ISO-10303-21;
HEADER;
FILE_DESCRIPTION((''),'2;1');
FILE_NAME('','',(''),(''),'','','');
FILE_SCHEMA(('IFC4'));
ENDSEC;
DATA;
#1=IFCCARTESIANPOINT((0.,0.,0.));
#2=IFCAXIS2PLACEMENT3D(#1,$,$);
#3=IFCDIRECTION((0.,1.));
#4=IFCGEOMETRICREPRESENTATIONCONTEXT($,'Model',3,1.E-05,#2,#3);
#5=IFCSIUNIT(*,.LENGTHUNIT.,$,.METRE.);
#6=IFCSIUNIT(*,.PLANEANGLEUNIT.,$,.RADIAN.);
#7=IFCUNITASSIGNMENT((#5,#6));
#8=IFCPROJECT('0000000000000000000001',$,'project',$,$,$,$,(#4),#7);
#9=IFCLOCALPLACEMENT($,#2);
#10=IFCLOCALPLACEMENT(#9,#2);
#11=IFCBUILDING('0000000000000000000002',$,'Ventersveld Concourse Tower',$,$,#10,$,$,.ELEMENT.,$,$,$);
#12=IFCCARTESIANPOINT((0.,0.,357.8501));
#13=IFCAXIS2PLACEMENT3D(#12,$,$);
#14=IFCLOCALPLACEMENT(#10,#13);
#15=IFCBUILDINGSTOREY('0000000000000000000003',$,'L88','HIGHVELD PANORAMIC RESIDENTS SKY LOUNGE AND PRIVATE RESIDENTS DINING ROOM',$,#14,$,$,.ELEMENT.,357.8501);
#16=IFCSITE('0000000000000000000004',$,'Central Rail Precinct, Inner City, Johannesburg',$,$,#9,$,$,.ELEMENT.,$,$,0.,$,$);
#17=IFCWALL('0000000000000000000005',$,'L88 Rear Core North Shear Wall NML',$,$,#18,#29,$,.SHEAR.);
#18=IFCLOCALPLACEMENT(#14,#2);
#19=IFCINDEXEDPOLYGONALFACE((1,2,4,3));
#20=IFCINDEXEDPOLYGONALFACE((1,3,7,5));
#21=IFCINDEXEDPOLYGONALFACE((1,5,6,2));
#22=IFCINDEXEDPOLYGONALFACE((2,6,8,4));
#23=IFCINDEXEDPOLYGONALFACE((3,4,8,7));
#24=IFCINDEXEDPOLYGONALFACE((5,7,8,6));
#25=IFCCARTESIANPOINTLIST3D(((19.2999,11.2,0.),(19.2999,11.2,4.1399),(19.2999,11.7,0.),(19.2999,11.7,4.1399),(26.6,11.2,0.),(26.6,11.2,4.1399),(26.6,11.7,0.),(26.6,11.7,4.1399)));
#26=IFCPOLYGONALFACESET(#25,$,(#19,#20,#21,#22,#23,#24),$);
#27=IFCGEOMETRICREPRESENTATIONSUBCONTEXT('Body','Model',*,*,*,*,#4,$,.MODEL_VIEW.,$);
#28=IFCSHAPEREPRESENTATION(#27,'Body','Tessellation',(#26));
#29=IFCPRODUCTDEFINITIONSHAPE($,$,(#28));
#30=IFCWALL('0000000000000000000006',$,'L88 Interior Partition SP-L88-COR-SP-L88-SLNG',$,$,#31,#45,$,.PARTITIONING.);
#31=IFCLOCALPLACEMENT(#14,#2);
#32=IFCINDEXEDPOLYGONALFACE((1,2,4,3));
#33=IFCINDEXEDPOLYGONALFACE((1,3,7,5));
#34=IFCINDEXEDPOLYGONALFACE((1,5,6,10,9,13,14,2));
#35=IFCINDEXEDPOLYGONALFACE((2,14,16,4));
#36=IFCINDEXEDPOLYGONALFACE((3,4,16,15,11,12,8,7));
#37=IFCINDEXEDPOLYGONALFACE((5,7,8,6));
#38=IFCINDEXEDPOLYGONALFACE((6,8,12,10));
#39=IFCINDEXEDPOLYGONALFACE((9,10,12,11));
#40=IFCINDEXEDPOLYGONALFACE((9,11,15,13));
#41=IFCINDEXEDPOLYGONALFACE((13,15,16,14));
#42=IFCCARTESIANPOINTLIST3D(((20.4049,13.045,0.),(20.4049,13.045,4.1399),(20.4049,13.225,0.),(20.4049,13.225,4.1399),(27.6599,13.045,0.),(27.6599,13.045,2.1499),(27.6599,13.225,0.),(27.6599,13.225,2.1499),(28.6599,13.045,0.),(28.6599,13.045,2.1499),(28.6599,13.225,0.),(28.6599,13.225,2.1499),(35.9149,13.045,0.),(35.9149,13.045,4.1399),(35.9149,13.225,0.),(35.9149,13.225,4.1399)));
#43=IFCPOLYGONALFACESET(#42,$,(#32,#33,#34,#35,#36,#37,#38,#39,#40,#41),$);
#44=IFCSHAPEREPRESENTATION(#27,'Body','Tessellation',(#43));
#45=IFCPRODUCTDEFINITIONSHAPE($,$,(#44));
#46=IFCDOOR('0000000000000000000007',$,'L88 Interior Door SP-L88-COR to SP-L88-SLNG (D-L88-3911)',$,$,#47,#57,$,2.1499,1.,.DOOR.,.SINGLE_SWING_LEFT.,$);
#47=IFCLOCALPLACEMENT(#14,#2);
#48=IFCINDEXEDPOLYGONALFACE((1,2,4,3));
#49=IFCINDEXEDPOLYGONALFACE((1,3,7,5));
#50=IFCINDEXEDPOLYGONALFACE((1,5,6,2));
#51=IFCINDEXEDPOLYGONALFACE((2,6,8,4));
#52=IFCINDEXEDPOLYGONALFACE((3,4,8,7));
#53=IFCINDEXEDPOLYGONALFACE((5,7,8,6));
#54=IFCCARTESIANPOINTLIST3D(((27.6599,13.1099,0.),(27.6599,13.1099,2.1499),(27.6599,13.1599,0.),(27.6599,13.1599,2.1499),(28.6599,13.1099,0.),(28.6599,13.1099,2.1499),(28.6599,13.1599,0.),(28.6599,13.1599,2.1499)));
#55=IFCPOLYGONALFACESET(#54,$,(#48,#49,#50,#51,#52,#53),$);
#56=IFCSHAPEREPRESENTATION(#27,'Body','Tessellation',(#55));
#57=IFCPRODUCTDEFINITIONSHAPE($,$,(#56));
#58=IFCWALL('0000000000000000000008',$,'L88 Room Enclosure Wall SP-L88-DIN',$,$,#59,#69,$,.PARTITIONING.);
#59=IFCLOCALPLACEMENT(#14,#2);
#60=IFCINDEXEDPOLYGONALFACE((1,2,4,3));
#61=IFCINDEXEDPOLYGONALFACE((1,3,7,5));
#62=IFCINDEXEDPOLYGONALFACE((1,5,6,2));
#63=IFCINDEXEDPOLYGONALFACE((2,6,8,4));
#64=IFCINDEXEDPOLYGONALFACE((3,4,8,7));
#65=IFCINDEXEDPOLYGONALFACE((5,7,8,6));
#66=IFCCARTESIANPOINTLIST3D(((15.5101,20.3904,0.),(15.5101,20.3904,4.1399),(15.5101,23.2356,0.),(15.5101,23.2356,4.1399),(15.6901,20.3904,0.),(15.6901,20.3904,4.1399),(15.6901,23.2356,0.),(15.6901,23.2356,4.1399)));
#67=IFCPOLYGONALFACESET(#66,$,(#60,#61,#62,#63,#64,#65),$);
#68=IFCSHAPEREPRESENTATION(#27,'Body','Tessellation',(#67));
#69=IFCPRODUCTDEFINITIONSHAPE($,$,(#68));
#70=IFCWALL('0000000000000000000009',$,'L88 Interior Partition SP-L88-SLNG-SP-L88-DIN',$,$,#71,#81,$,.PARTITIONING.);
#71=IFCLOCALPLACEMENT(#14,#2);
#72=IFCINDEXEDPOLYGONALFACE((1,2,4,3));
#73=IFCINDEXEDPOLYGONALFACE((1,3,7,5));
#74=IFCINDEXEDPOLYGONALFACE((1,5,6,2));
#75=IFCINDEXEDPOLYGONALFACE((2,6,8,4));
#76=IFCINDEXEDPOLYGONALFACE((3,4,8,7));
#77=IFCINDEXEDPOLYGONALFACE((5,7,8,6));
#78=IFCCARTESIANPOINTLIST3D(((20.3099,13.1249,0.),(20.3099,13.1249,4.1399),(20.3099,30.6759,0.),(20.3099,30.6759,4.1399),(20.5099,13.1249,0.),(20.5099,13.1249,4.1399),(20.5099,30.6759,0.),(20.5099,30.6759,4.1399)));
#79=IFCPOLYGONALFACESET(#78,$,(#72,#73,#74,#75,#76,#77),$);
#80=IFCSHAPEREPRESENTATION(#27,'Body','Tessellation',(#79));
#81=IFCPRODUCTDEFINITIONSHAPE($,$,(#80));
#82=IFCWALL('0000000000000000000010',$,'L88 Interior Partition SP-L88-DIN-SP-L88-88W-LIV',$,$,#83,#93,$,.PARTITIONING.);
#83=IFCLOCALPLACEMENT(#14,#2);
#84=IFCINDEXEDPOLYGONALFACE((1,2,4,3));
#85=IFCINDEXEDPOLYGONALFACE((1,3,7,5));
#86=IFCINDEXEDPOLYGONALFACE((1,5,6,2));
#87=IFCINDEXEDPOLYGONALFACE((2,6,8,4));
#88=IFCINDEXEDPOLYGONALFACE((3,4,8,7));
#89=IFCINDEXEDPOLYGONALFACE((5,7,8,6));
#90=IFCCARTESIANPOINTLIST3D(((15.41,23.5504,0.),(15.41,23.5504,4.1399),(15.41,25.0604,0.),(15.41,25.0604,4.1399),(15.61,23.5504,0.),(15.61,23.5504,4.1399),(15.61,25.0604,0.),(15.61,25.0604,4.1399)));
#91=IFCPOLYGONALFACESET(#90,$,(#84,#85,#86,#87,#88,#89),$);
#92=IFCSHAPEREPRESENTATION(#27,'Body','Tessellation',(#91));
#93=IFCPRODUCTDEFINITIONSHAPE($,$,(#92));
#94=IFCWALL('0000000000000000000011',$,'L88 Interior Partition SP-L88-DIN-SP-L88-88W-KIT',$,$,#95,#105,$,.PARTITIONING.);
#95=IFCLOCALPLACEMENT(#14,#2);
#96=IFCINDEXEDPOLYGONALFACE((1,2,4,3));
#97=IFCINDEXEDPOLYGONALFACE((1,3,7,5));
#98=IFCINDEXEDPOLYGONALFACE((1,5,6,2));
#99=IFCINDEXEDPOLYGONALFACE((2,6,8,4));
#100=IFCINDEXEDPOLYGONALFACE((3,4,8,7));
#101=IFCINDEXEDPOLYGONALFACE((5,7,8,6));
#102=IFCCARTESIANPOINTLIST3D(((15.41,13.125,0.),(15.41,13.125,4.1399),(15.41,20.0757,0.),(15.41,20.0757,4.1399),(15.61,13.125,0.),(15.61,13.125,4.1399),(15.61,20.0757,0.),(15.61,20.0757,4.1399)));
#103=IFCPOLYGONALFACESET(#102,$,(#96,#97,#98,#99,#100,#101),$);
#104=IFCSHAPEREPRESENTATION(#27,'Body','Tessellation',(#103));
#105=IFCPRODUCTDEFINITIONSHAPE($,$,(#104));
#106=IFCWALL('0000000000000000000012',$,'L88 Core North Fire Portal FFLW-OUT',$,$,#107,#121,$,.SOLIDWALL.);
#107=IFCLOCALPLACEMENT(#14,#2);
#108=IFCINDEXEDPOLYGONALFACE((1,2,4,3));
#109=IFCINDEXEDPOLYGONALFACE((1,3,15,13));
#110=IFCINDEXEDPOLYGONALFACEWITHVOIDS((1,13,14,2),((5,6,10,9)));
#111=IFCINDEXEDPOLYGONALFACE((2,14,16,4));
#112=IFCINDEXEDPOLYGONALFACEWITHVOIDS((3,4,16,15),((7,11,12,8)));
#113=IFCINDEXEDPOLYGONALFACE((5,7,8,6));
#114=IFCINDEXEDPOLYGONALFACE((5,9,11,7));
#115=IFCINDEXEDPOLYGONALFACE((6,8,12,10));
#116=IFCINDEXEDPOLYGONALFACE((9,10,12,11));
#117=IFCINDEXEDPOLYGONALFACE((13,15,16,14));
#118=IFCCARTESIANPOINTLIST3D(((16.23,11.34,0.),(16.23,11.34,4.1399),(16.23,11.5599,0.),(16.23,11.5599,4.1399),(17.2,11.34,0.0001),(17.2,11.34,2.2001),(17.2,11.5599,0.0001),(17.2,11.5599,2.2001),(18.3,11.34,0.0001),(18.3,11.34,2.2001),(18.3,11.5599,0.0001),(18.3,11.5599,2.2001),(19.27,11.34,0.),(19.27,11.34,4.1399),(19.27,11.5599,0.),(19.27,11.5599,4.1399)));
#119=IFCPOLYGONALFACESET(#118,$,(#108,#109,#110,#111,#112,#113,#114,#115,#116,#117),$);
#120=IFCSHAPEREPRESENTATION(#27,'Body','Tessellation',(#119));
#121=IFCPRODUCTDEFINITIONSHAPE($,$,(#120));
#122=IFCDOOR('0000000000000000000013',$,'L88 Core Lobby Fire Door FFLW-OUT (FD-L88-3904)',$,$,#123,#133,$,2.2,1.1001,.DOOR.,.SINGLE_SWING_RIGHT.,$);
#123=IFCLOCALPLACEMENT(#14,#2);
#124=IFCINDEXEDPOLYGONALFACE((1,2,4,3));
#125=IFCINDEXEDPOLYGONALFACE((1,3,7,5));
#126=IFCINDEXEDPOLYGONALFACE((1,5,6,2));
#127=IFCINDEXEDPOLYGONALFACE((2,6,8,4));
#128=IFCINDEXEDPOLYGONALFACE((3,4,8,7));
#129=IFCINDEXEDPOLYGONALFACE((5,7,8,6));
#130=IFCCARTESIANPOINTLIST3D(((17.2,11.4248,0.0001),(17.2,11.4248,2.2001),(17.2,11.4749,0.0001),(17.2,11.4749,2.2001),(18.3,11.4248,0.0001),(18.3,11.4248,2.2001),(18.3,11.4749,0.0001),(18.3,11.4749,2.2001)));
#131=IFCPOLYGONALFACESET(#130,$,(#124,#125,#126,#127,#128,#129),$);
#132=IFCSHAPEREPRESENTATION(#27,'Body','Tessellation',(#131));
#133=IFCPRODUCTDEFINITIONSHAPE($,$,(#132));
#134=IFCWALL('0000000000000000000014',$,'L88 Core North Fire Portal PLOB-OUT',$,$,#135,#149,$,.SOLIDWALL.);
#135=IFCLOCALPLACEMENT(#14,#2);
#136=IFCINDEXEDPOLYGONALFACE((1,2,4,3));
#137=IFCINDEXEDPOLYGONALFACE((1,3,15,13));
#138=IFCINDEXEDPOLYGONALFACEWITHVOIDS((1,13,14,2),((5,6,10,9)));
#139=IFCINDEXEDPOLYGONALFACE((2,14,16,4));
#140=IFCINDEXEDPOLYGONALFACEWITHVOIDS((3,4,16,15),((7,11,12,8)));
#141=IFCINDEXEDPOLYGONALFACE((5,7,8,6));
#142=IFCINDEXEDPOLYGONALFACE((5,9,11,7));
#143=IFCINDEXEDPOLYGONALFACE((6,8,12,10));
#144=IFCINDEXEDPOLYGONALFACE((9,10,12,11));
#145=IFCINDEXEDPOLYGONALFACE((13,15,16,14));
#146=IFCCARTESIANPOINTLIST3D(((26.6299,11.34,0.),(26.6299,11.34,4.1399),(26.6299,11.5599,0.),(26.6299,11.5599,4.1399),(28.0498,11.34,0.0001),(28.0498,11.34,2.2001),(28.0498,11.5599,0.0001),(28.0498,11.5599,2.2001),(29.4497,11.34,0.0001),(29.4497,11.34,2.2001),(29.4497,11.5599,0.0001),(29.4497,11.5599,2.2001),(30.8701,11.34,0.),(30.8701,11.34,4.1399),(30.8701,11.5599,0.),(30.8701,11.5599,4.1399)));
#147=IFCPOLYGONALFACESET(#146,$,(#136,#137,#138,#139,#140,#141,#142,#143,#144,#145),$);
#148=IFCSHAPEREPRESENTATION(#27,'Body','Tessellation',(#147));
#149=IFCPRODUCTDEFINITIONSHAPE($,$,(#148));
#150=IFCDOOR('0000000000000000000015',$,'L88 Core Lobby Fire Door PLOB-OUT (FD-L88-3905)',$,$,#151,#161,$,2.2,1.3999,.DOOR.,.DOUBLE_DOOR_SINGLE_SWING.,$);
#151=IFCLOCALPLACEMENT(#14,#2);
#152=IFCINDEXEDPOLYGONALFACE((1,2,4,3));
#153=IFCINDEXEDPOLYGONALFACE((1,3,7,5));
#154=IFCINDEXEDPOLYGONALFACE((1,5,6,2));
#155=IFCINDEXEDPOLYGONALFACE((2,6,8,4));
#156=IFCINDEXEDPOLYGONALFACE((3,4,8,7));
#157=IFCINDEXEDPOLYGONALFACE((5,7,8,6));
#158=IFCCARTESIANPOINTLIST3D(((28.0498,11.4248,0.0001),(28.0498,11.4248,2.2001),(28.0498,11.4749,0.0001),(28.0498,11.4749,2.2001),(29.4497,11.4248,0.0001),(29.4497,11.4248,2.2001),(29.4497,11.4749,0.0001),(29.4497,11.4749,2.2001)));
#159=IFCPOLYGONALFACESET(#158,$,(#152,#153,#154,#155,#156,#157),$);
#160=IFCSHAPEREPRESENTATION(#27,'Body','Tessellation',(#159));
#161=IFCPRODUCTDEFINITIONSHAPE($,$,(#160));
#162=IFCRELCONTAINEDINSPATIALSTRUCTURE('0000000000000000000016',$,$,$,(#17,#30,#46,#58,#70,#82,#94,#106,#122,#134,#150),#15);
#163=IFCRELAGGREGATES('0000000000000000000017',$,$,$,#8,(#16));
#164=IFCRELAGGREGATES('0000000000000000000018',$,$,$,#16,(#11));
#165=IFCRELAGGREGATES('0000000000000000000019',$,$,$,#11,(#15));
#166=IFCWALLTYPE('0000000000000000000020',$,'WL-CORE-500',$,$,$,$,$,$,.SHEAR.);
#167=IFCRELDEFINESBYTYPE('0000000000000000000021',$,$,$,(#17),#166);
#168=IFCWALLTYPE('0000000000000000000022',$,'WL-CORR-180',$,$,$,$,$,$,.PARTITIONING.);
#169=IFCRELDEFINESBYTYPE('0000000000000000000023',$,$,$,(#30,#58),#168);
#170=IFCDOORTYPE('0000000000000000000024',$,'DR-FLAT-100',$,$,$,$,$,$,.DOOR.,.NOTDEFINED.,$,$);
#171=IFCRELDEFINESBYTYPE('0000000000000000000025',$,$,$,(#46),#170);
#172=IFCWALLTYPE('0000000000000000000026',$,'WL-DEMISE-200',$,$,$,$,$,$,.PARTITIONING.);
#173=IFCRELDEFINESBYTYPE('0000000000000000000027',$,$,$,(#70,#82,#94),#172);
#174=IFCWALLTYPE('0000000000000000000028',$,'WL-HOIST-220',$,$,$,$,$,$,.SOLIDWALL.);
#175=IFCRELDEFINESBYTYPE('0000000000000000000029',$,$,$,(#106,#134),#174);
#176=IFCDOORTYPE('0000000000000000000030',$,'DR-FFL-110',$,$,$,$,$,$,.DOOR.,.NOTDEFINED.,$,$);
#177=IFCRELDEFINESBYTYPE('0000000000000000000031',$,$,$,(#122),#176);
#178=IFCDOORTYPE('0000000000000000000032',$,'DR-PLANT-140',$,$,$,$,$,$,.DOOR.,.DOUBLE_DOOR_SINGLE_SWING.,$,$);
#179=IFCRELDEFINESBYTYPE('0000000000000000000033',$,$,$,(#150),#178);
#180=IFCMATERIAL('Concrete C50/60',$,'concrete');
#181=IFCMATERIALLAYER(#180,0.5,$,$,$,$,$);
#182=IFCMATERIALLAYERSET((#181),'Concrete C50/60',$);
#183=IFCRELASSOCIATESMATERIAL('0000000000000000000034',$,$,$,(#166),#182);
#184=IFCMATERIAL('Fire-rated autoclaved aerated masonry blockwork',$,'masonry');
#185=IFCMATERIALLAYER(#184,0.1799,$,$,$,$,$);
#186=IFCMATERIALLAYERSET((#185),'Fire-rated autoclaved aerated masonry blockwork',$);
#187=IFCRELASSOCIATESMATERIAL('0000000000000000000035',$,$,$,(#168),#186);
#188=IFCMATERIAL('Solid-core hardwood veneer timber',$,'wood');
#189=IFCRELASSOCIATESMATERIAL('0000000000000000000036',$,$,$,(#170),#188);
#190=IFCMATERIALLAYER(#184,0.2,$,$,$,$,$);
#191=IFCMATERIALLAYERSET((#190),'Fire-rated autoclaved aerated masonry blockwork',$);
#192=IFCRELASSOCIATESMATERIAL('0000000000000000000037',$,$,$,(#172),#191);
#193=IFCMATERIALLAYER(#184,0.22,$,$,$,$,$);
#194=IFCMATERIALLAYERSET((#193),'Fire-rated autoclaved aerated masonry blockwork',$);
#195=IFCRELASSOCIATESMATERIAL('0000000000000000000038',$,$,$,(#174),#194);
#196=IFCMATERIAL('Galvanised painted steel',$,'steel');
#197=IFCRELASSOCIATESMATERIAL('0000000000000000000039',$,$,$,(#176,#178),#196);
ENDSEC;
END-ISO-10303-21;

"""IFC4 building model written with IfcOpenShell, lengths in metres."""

from ifc_helpers import new_model, si_unit, direction, frame, frame_2d, origin, place, context, subcontext, project, spatial, rectangle, extrude, material, layer, layer_set, type_object, element, fill, save


model = new_model("IFC4")

# Units and contexts
model_context = context("Model", 3, precision=1e-05, world=origin(), true_north=direction((0.0, 1.0)))
body_context = subcontext(model_context, "Body", "Model", "MODEL_VIEW")
ifc_project = project(units=[si_unit("LENGTHUNIT", "METRE"), si_unit("PLANEANGLEUNIT", "RADIAN")], contexts=[model_context])

# Site, building, storey
site_placement = place(None, origin())
site = spatial("IfcSite", under=ifc_project, at=site_placement, Name="Central Rail Precinct, Inner City, Johannesburg", CompositionType="ELEMENT", RefElevation=0.0)
building_placement = place(site_placement, origin())
building = spatial("IfcBuilding", under=site, at=building_placement, Name="Ventersveld Concourse Tower", CompositionType="ELEMENT")
storey_placement = place(building_placement, frame((0.0, 0.0, 357.8501)))
storey = spatial("IfcBuildingStorey", under=building, at=storey_placement, Name="L88", Description="HIGHVELD PANORAMIC RESIDENTS SKY LOUNGE AND PRIVATE RESIDENTS DINING ROOM", CompositionType="ELEMENT", Elevation=357.8501)

# Shared definitions
ifc_material_1 = material(Name="Concrete C50/60", Category="concrete")

# Wall
ifc_layer_1 = layer(ifc_material_1, 0.5)
ifc_layer_set_1 = layer_set([ifc_layer_1], Name="Concrete C50/60")
wall_type_1 = type_object("IfcWallType", Name="WL-CORE-500", PredefinedType="SHEAR", material=ifc_layer_set_1)
wall_1_placement = place(storey_placement, frame((19.3, 11.45, 0.0), z_axis=(0.0, 0.0, 1.0), x_axis=(1.0, 0.0, 0.0)))
element("IfcWall", 1, at=wall_1_placement, inside=storey, type_object=wall_type_1, Name="L88 Rear Core North Shear Wall NML", PredefinedType="SHEAR", context=body_context, shape_type="SweptSolid", body=[
    extrude(rectangle(XDim=7.3, YDim=0.5, at=frame_2d((3.6499, 0.0))), origin(), (0.0, 0.0, 1.0), 4.1399),
])

# Wall, opening, door
ifc_material_2 = material(Name="Fire-rated autoclaved aerated masonry blockwork", Category="masonry")
ifc_layer_2 = layer(ifc_material_2, 0.1799)
ifc_layer_set_2 = layer_set([ifc_layer_2], Name="Fire-rated autoclaved aerated masonry blockwork")
wall_type_2 = type_object("IfcWallType", Name="WL-CORR-180", PredefinedType="PARTITIONING", material=ifc_layer_set_2)
wall_2_placement = place(storey_placement, frame((20.405, 13.135, 0.0), z_axis=(0.0, 0.0, 1.0), x_axis=(1.0, 0.0, 0.0)))
wall_2 = element("IfcWall", 2, at=wall_2_placement, inside=storey, type_object=wall_type_2, Name="L88 Interior Partition SP-L88-COR-SP-L88-SLNG", PredefinedType="PARTITIONING", context=body_context, shape_type="SweptSolid", body=[
    extrude(rectangle(XDim=15.51, YDim=0.1799, at=frame_2d((7.7549, 0.0))), origin(), (0.0, 0.0, 1.0), 4.1399),
])
opening_1_placement = place(wall_2_placement, frame((7.2549, 0.0, 0.0)))
opening_1 = element("IfcOpeningElement", 3, at=opening_1_placement, cuts=wall_2, PredefinedType="OPENING", context=body_context, shape_type="SweptSolid", body=[
    extrude(rectangle(XDim=1.0, YDim=2.1499, at=frame_2d((0.5, 1.075))), frame((0.0, 0.1001, 0.0), z_axis=(0.0, -1.0, 0.0), x_axis=(1.0, 0.0, 0.0)), (0.0, 0.0, 1.0), 0.2),
])
ifc_material_3 = material(Name="Solid-core hardwood veneer timber", Category="wood")
door_type_1 = type_object("IfcDoorType", Name="DR-FLAT-100", OperationType="NOTDEFINED", PredefinedType="DOOR", material=ifc_material_3)
door_1_placement = place(opening_1_placement, origin())
door_1 = element("IfcDoor", 4, at=door_1_placement, inside=storey, type_object=door_type_1, Name="L88 Interior Door SP-L88-COR to SP-L88-SLNG (D-L88-3911)", OperationType="SINGLE_SWING_LEFT", OverallHeight=2.1499, OverallWidth=1.0, PredefinedType="DOOR", context=body_context, shape_type="SweptSolid", body=[
    extrude(rectangle(XDim=1.0, YDim=2.1499, at=frame_2d((0.5, 1.075))), frame((0.0, 0.0249, 0.0), z_axis=(0.0, -1.0, 0.0), x_axis=(1.0, 0.0, 0.0)), (0.0, 0.0, 1.0), 0.05),
])
fill(opening_1, door_1)

# Walls
wall_3_placement = place(storey_placement, frame((15.6001, 20.3904, 0.0), z_axis=(0.0, 0.0, 1.0), x_axis=(0.0, 1.0, 0.0)))
element("IfcWall", 5, at=wall_3_placement, inside=storey, type_object=wall_type_2, Name="L88 Room Enclosure Wall SP-L88-DIN", PredefinedType="PARTITIONING", context=body_context, shape_type="SweptSolid", body=[
    extrude(rectangle(XDim=2.8452, YDim=0.1799, at=frame_2d((1.4226, 0.0))), origin(), (0.0, 0.0, 1.0), 4.1399),
])
ifc_layer_3 = layer(ifc_material_2, 0.2)
ifc_layer_set_3 = layer_set([ifc_layer_3], Name="Fire-rated autoclaved aerated masonry blockwork")
wall_type_3 = type_object("IfcWallType", Name="WL-DEMISE-200", PredefinedType="PARTITIONING", material=ifc_layer_set_3)
wall_4_placement = place(storey_placement, frame((20.4099, 13.125, 0.0), z_axis=(0.0, 0.0, 1.0), x_axis=(0.0, 1.0, 0.0)))
element("IfcWall", 6, at=wall_4_placement, inside=storey, type_object=wall_type_3, Name="L88 Interior Partition SP-L88-SLNG-SP-L88-DIN", PredefinedType="PARTITIONING", context=body_context, shape_type="SweptSolid", body=[
    extrude(rectangle(XDim=17.551, YDim=0.2, at=frame_2d((8.7754, 0.0))), origin(), (0.0, 0.0, 1.0), 4.1399),
])
wall_5_placement = place(storey_placement, frame((15.51, 23.5505, 0.0), z_axis=(0.0, 0.0, 1.0), x_axis=(0.0, 1.0, 0.0)))
element("IfcWall", 7, at=wall_5_placement, inside=storey, type_object=wall_type_3, Name="L88 Interior Partition SP-L88-DIN-SP-L88-88W-LIV", PredefinedType="PARTITIONING", context=body_context, shape_type="SweptSolid", body=[
    extrude(rectangle(XDim=1.51, YDim=0.2, at=frame_2d((0.7549, 0.0))), origin(), (0.0, 0.0, 1.0), 4.1399),
])
wall_6_placement = place(storey_placement, frame((15.51, 13.125, 0.0), z_axis=(0.0, 0.0, 1.0), x_axis=(0.0, 1.0, 0.0)))
element("IfcWall", 8, at=wall_6_placement, inside=storey, type_object=wall_type_3, Name="L88 Interior Partition SP-L88-DIN-SP-L88-88W-KIT", PredefinedType="PARTITIONING", context=body_context, shape_type="SweptSolid", body=[
    extrude(rectangle(XDim=6.9507, YDim=0.2, at=frame_2d((3.4753, 0.0))), origin(), (0.0, 0.0, 1.0), 4.1399),
])

# Walls, openings, doors
ifc_layer_4 = layer(ifc_material_2, 0.22)
ifc_layer_set_4 = layer_set([ifc_layer_4], Name="Fire-rated autoclaved aerated masonry blockwork")
wall_type_4 = type_object("IfcWallType", Name="WL-HOIST-220", PredefinedType="SOLIDWALL", material=ifc_layer_set_4)
wall_7_placement = place(storey_placement, frame((16.23, 11.45, 0.0), z_axis=(0.0, 0.0, 1.0), x_axis=(1.0, 0.0, 0.0)))
wall_7 = element("IfcWall", 9, at=wall_7_placement, inside=storey, type_object=wall_type_4, Name="L88 Core North Fire Portal FFLW-OUT", PredefinedType="SOLIDWALL", context=body_context, shape_type="SweptSolid", body=[
    extrude(rectangle(XDim=3.04, YDim=0.22, at=frame_2d((1.52, 0.0))), origin(), (0.0, 0.0, 1.0), 4.1399),
])
opening_2_placement = place(wall_7_placement, frame((0.97, 0.0, 0.0)))
opening_2 = element("IfcOpeningElement", 10, at=opening_2_placement, cuts=wall_7, PredefinedType="OPENING", context=body_context, shape_type="SweptSolid", body=[
    extrude(rectangle(XDim=1.1001, YDim=2.2, at=frame_2d((0.55, 1.1001))), frame((0.0, 0.1201, 0.0), z_axis=(0.0, -1.0, 0.0), x_axis=(1.0, 0.0, 0.0)), (0.0, 0.0, 1.0), 0.24),
])
ifc_material_4 = material(Name="Galvanised painted steel", Category="steel")
door_type_2 = type_object("IfcDoorType", Name="DR-FFL-110", OperationType="NOTDEFINED", PredefinedType="DOOR", material=ifc_material_4)
door_2_placement = place(opening_2_placement, origin())
door_2 = element("IfcDoor", 11, at=door_2_placement, inside=storey, type_object=door_type_2, Name="L88 Core Lobby Fire Door FFLW-OUT (FD-L88-3904)", OperationType="SINGLE_SWING_RIGHT", OverallHeight=2.2, OverallWidth=1.1001, PredefinedType="DOOR", context=body_context, shape_type="SweptSolid", body=[
    extrude(rectangle(XDim=1.1001, YDim=2.2, at=frame_2d((0.55, 1.1001))), frame((0.0, 0.0249, 0.0), z_axis=(0.0, -1.0, 0.0), x_axis=(1.0, 0.0, 0.0)), (0.0, 0.0, 1.0), 0.05),
])
fill(opening_2, door_2)
wall_8_placement = place(storey_placement, frame((26.6299, 11.45, 0.0), z_axis=(0.0, 0.0, 1.0), x_axis=(1.0, 0.0, 0.0)))
wall_8 = element("IfcWall", 12, at=wall_8_placement, inside=storey, type_object=wall_type_4, Name="L88 Core North Fire Portal PLOB-OUT", PredefinedType="SOLIDWALL", context=body_context, shape_type="SweptSolid", body=[
    extrude(rectangle(XDim=4.2402, YDim=0.22, at=frame_2d((2.1201, 0.0))), origin(), (0.0, 0.0, 1.0), 4.1399),
])
opening_3_placement = place(wall_8_placement, frame((1.4199, 0.0, 0.0)))
opening_3 = element("IfcOpeningElement", 13, at=opening_3_placement, cuts=wall_8, PredefinedType="OPENING", context=body_context, shape_type="SweptSolid", body=[
    extrude(rectangle(XDim=1.3999, YDim=2.2, at=frame_2d((0.7, 1.1001))), frame((0.0, 0.1201, 0.0), z_axis=(0.0, -1.0, 0.0), x_axis=(1.0, 0.0, 0.0)), (0.0, 0.0, 1.0), 0.24),
])
door_type_3 = type_object("IfcDoorType", Name="DR-PLANT-140", OperationType="DOUBLE_DOOR_SINGLE_SWING", PredefinedType="DOOR", material=ifc_material_4)
door_3_placement = place(opening_3_placement, origin())
door_3 = element("IfcDoor", 14, at=door_3_placement, inside=storey, type_object=door_type_3, Name="L88 Core Lobby Fire Door PLOB-OUT (FD-L88-3905)", OperationType="DOUBLE_DOOR_SINGLE_SWING", OverallHeight=2.2, OverallWidth=1.3999, PredefinedType="DOOR", context=body_context, shape_type="SweptSolid", body=[
    extrude(rectangle(XDim=1.3999, YDim=2.2, at=frame_2d((0.7, 1.1001))), frame((0.0, 0.0249, 0.0), z_axis=(0.0, -1.0, 0.0), x_axis=(1.0, 0.0, 0.0)), (0.0, 0.0, 1.0), 0.05),
])
fill(opening_3, door_3)

save(model, "model.ifc")
